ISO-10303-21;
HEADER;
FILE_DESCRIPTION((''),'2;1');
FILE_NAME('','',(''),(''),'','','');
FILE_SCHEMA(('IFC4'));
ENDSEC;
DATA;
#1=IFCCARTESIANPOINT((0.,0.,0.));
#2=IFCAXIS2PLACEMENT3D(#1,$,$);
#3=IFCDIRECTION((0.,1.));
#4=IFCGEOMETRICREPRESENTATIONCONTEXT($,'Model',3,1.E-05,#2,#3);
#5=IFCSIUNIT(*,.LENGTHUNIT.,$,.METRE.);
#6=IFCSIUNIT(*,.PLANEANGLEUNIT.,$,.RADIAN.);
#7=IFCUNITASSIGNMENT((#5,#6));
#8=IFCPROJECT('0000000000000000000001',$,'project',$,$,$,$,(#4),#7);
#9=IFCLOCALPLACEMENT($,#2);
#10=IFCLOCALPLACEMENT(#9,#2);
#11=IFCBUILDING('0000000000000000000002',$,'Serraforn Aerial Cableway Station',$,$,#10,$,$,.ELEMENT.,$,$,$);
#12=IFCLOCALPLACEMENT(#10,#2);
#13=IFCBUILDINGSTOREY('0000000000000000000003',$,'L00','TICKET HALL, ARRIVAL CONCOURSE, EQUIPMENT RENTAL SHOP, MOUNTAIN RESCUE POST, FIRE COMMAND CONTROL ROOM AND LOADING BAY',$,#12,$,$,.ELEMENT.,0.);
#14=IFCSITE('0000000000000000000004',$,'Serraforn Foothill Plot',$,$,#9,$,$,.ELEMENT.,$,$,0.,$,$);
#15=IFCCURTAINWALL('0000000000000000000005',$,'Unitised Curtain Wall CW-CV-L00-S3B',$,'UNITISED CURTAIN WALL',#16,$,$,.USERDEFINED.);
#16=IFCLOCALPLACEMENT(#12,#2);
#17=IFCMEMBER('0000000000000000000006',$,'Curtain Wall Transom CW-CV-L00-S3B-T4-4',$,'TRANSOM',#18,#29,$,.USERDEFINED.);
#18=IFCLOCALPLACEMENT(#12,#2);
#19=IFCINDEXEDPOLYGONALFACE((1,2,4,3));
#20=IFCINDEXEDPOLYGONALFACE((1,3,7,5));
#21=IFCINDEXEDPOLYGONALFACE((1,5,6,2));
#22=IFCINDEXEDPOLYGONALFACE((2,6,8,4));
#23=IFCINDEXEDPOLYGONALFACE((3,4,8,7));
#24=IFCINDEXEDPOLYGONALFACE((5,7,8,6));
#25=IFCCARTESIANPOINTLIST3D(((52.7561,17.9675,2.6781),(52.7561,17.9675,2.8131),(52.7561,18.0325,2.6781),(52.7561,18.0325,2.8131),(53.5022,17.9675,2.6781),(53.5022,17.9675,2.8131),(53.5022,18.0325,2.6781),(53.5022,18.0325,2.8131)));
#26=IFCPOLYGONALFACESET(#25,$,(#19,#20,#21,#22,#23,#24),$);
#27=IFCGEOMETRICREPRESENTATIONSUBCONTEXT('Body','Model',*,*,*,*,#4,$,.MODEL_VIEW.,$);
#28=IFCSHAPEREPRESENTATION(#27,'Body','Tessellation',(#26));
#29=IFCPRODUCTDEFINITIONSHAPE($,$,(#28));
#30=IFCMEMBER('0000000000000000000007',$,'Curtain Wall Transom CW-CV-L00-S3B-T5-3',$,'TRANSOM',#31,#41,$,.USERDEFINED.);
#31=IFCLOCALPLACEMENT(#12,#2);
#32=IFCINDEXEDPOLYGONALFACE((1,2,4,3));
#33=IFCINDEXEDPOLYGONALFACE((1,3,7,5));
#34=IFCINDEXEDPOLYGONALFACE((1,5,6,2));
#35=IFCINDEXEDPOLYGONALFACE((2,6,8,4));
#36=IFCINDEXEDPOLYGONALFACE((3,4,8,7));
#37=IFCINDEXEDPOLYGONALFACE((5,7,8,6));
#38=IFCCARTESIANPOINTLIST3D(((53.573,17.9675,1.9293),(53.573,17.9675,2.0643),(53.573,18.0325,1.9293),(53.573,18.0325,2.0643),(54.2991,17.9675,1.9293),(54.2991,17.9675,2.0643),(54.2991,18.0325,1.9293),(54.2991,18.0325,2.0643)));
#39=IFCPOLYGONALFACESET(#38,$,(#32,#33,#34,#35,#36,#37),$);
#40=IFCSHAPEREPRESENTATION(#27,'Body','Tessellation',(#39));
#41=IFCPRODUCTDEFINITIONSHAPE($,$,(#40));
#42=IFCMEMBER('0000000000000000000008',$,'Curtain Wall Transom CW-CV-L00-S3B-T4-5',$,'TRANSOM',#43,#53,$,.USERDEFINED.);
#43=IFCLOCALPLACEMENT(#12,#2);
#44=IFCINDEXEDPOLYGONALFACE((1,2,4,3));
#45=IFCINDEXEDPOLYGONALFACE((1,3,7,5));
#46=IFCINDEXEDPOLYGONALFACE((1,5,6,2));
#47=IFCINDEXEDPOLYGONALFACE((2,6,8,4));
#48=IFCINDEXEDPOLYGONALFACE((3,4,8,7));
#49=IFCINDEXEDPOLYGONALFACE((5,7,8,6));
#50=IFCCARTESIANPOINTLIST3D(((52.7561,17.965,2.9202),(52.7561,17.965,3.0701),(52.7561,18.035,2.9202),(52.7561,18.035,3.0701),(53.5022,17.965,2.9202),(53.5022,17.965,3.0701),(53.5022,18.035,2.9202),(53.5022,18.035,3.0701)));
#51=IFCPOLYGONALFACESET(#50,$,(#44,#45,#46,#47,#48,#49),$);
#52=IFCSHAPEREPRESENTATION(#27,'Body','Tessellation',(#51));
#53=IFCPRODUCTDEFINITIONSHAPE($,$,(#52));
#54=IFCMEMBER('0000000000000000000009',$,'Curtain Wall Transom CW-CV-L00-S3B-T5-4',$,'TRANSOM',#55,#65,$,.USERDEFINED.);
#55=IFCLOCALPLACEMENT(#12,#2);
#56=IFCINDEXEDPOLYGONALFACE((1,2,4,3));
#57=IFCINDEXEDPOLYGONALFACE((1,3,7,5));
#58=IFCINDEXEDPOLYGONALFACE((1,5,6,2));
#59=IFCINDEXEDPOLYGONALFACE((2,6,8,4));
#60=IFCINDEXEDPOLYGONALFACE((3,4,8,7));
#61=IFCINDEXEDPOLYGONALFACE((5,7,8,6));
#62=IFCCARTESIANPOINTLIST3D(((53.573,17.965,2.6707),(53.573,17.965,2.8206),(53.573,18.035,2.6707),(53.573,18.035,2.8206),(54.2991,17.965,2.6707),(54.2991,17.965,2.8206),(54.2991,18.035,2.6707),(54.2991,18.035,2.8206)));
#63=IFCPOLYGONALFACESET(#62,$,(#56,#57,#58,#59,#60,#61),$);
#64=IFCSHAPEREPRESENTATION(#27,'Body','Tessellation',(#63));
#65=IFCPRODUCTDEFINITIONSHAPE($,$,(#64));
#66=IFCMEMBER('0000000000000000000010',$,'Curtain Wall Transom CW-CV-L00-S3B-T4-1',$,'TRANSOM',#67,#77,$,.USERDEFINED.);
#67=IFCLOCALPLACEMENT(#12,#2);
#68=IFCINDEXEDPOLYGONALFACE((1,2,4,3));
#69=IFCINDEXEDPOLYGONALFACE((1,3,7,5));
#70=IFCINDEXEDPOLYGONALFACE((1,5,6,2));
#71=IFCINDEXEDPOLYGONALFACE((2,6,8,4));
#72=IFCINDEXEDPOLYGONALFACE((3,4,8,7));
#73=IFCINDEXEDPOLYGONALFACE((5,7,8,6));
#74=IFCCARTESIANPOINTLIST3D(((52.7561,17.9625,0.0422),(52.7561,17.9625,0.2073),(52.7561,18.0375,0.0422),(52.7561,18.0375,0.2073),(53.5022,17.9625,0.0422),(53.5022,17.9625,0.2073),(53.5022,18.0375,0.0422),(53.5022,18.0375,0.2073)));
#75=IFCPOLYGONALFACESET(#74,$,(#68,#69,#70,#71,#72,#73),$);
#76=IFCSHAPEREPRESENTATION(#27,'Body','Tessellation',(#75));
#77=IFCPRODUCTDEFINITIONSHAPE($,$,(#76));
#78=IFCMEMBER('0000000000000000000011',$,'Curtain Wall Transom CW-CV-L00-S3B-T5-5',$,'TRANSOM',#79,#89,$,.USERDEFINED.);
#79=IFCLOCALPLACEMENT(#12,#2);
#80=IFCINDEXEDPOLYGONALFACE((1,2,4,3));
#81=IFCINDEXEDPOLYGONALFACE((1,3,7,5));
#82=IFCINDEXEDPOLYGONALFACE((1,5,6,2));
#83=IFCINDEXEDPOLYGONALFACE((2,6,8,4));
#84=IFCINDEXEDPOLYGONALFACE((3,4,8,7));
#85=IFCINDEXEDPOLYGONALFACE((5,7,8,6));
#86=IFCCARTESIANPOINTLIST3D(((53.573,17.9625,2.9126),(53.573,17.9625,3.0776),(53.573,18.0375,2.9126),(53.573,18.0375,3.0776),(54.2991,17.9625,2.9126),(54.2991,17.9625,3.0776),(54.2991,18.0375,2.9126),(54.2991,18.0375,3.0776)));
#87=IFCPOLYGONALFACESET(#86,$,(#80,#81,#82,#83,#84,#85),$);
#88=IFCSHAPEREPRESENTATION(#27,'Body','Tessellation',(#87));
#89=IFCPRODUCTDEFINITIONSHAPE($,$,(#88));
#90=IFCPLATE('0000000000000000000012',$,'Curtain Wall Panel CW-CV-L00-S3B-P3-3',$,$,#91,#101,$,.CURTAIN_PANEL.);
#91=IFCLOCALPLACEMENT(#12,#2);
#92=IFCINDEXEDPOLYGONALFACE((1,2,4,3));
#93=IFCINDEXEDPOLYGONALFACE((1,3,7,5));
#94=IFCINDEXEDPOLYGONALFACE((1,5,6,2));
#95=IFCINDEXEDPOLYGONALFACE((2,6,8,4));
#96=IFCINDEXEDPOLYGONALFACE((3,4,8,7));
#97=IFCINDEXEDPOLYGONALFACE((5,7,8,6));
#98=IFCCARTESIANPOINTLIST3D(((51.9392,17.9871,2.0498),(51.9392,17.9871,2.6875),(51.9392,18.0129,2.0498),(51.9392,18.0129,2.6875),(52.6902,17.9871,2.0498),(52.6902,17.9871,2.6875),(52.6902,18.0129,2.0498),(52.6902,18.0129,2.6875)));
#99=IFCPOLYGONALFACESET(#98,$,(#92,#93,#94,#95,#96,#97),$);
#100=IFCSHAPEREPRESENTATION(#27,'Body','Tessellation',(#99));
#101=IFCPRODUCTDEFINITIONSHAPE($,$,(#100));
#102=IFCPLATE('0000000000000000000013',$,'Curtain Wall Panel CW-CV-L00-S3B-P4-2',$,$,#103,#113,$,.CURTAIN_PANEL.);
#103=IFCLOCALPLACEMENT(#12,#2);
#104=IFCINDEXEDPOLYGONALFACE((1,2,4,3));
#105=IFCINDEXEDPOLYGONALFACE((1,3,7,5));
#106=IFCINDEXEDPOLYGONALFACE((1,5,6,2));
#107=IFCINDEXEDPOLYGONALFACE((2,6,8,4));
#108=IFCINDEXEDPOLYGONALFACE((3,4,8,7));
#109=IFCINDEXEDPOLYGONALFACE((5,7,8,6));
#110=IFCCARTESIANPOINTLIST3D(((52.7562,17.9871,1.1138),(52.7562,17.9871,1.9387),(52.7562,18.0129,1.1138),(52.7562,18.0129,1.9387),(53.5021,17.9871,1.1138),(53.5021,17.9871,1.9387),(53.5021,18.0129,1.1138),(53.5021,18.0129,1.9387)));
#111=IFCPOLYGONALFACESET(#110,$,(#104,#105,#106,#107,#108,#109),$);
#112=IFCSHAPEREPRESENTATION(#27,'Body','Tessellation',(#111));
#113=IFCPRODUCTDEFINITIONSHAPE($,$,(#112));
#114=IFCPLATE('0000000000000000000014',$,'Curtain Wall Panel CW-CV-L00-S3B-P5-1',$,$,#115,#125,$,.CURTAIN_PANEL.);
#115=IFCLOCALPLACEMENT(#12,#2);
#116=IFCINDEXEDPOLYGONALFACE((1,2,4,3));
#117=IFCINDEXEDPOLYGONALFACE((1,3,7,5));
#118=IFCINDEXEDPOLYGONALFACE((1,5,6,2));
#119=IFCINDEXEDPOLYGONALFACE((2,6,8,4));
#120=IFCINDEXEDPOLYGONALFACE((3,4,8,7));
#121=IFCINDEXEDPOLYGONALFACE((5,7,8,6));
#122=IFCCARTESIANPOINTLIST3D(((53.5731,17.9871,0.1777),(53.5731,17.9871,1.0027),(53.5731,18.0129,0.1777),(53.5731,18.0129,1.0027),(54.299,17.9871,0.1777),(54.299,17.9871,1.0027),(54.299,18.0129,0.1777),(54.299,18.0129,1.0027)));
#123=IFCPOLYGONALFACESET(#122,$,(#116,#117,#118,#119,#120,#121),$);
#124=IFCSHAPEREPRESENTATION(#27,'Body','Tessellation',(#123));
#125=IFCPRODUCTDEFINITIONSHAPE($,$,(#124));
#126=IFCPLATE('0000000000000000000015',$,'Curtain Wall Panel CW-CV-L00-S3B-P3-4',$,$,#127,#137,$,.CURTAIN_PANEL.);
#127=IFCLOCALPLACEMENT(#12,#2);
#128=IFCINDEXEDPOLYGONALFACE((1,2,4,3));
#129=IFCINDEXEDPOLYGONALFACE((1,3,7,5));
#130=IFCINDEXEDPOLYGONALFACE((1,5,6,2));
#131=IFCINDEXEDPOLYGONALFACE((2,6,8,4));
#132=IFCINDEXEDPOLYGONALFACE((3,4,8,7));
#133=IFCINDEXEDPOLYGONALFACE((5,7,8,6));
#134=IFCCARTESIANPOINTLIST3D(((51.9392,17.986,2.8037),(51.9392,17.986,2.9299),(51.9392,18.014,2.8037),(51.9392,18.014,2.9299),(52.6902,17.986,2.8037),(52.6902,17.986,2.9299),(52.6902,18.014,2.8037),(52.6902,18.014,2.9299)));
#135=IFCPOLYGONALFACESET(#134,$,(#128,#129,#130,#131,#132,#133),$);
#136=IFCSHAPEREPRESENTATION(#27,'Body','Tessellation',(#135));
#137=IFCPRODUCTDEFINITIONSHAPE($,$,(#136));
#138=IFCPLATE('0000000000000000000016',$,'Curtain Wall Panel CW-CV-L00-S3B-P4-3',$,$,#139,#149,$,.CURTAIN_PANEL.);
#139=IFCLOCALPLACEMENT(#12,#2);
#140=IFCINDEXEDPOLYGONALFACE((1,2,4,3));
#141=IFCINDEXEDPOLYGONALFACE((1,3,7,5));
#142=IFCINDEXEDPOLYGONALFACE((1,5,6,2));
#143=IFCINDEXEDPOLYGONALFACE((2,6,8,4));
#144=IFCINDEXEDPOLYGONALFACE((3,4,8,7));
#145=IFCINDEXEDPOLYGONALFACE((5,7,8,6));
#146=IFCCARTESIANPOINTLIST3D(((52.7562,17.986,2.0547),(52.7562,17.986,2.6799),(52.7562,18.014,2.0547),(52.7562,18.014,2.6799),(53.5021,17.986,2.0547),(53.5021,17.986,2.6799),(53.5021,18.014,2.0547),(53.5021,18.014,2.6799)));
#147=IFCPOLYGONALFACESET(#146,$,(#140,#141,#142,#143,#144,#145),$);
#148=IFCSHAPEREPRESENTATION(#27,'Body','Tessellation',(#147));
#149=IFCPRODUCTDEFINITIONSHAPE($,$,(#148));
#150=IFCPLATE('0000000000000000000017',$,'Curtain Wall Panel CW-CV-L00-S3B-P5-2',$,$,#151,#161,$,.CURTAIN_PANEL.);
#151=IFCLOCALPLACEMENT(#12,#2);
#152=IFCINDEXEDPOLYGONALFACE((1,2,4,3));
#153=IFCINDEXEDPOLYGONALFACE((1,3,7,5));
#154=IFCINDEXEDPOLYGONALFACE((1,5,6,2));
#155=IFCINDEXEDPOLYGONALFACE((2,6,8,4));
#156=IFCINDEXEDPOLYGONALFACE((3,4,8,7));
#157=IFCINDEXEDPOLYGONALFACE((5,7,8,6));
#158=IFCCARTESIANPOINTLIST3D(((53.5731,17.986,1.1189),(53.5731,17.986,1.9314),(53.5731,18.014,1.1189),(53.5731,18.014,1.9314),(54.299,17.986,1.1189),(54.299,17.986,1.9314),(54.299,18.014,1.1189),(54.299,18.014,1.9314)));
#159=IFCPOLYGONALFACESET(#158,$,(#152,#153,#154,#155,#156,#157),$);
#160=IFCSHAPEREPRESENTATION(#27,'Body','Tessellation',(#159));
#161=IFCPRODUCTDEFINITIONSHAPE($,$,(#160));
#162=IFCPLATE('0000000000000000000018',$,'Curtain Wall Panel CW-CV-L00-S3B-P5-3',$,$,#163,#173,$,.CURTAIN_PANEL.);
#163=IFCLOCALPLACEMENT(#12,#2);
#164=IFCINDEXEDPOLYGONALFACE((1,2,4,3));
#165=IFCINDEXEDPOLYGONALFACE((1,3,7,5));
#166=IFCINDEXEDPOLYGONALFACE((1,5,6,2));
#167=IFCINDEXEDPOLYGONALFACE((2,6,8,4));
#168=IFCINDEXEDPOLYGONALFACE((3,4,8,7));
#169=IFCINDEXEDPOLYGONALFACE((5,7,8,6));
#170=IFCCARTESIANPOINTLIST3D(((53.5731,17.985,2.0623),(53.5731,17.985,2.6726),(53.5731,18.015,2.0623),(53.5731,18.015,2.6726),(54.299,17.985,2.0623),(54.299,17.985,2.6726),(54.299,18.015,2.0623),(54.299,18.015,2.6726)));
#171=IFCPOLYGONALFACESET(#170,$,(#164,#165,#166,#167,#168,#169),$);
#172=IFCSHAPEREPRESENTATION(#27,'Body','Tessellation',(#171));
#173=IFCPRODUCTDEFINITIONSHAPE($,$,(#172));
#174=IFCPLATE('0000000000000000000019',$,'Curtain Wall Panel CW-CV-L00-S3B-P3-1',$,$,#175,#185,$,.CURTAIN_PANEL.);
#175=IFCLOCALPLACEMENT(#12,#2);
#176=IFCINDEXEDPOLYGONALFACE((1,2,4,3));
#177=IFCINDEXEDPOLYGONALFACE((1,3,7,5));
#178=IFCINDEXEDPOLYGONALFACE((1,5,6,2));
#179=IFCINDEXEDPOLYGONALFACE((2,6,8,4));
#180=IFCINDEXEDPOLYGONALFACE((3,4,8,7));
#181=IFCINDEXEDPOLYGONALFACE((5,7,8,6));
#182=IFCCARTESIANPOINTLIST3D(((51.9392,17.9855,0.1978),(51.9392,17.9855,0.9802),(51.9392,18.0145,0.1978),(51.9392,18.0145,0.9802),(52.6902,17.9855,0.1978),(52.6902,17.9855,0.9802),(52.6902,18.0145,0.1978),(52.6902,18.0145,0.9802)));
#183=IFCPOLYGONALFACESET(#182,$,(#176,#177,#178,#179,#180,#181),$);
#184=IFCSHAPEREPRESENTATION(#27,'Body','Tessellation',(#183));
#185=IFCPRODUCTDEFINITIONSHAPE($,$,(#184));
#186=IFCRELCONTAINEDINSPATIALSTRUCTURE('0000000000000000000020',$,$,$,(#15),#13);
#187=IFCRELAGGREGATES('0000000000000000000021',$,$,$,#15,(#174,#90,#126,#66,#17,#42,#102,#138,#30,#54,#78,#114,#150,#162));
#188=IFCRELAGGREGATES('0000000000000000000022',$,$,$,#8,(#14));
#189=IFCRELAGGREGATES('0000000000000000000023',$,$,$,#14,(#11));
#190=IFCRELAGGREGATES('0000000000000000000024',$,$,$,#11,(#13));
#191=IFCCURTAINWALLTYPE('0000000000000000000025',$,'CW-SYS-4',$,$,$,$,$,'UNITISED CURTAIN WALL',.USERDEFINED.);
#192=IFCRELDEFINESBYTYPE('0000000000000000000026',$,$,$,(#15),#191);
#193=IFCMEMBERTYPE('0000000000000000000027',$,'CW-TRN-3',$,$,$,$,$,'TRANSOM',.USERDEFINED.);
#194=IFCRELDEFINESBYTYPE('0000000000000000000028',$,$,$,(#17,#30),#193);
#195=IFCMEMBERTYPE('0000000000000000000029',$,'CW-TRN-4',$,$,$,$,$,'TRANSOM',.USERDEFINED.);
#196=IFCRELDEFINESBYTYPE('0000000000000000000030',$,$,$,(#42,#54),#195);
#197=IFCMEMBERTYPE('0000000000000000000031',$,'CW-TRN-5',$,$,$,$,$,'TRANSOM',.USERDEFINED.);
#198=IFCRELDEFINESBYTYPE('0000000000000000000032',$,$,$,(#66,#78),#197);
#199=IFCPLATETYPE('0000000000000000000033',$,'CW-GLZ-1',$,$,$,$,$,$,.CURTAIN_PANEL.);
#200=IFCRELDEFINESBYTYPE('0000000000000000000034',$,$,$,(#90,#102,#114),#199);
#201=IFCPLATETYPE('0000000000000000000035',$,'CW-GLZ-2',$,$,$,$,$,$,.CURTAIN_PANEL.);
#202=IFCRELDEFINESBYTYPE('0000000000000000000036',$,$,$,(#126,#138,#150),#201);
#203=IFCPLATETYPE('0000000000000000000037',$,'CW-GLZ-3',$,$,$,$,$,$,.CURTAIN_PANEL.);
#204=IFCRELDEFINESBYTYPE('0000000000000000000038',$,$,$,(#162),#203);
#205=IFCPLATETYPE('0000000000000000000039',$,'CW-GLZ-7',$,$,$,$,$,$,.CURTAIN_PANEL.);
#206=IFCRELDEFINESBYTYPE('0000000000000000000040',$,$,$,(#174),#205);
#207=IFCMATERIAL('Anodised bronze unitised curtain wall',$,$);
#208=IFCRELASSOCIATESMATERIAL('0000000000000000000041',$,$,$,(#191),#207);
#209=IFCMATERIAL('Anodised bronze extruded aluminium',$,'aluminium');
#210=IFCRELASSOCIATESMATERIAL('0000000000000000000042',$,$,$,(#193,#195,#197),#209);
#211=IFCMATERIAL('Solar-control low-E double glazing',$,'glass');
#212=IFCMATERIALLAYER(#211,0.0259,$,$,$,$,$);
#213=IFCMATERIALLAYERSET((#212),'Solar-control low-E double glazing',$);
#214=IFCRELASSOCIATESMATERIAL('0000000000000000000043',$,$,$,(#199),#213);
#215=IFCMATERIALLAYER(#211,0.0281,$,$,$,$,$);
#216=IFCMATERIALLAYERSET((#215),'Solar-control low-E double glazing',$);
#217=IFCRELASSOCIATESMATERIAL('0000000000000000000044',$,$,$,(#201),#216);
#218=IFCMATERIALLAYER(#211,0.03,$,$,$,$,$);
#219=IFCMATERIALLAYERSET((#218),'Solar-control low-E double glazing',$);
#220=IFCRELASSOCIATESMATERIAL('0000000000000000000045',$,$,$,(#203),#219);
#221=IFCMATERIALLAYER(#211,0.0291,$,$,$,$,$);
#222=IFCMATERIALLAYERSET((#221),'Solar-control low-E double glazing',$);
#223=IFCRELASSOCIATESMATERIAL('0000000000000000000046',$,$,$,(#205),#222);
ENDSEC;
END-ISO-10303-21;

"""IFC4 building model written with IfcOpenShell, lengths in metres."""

from ifc_helpers import new_model, si_unit, direction, frame, origin, origin_2d, place, context, subcontext, project, spatial, rectangle, extrude, material, layer, layer_set, material_profile, profile_set, type_object, element, aggregate, save


model = new_model("IFC4")

# Units and contexts
model_context = context("Model", 3, precision=1e-05, world=origin(), true_north=direction((0.0, 1.0)))
body_context = subcontext(model_context, "Body", "Model", "MODEL_VIEW")
ifc_project = project(units=[si_unit("LENGTHUNIT", "METRE"), si_unit("PLANEANGLEUNIT", "RADIAN")], contexts=[model_context])

# Site, building, storey
site_placement = place(None, origin())
site = spatial("IfcSite", under=ifc_project, at=site_placement, Name="Serraforn Foothill Plot", CompositionType="ELEMENT", RefElevation=0.0)
building_placement = place(site_placement, origin())
building = spatial("IfcBuilding", under=site, at=building_placement, Name="Serraforn Aerial Cableway Station", CompositionType="ELEMENT")
storey_placement = place(building_placement, origin())
storey = spatial("IfcBuildingStorey", under=building, at=storey_placement, Name="L00", Description="TICKET HALL, ARRIVAL CONCOURSE, EQUIPMENT RENTAL SHOP, MOUNTAIN RESCUE POST, FIRE COMMAND CONTROL ROOM AND LOADING BAY", CompositionType="ELEMENT", Elevation=0.0)

# Curtain wall
ifc_material_1 = material(Name="Anodised bronze unitised curtain wall")
curtain_wall_type_1 = type_object("IfcCurtainWallType", Name="CW-SYS-4", ElementType="UNITISED CURTAIN WALL", PredefinedType="USERDEFINED", material=ifc_material_1)
curtain_wall_1_placement = place(storey_placement, origin())
curtain_wall_1 = element("IfcCurtainWall", 1, at=curtain_wall_1_placement, inside=storey, type_object=curtain_wall_type_1, Name="Unitised Curtain Wall CW-CV-L00-S3B", ObjectType="UNITISED CURTAIN WALL", PredefinedType="USERDEFINED")
ifc_material_2 = material(Name="Anodised bronze extruded aluminium", Category="aluminium")

# Members
ifc_material_profile_1 = material_profile(ifc_material_2, rectangle(XDim=0.0649, YDim=0.135, at=origin_2d()), Name="CW TRANSOM 65x135")
ifc_profile_set_1 = profile_set([ifc_material_profile_1], Name="Anodised bronze extruded aluminium")
member_type_1 = type_object("IfcMemberType", Name="CW-TRN-3", ElementType="TRANSOM", PredefinedType="USERDEFINED", material=ifc_profile_set_1)
member_1_placement = place(storey_placement, frame((52.7561, 18.0, 2.7456), z_axis=(1.0, 0.0, 0.0), x_axis=(0.0, 1.0, 0.0)))
member_1 = element("IfcMember", 2, at=member_1_placement, type_object=member_type_1, Name="Curtain Wall Transom CW-CV-L00-S3B-T4-4", ObjectType="TRANSOM", PredefinedType="USERDEFINED", context=body_context, shape_type="SweptSolid", body=[
    extrude(rectangle(XDim=0.0649, YDim=0.135, at=origin_2d()), origin(), (0.0, 0.0, 1.0), 0.7461),
])
member_2_placement = place(storey_placement, frame((53.573, 18.0, 1.9968), z_axis=(1.0, 0.0, 0.0), x_axis=(0.0, 1.0, 0.0)))
member_2 = element("IfcMember", 3, at=member_2_placement, type_object=member_type_1, Name="Curtain Wall Transom CW-CV-L00-S3B-T5-3", ObjectType="TRANSOM", PredefinedType="USERDEFINED", context=body_context, shape_type="SweptSolid", body=[
    extrude(rectangle(XDim=0.0649, YDim=0.135, at=origin_2d()), origin(), (0.0, 0.0, 1.0), 0.7261),
])
ifc_material_profile_2 = material_profile(ifc_material_2, rectangle(XDim=0.0701, YDim=0.1499, at=origin_2d()), Name="CW TRANSOM 70x150")
ifc_profile_set_2 = profile_set([ifc_material_profile_2], Name="Anodised bronze extruded aluminium")
member_type_2 = type_object("IfcMemberType", Name="CW-TRN-4", ElementType="TRANSOM", PredefinedType="USERDEFINED", material=ifc_profile_set_2)
member_3_placement = place(storey_placement, frame((52.7561, 18.0, 2.9951), z_axis=(1.0, 0.0, 0.0), x_axis=(0.0, 1.0, 0.0)))
member_3 = element("IfcMember", 4, at=member_3_placement, type_object=member_type_2, Name="Curtain Wall Transom CW-CV-L00-S3B-T4-5", ObjectType="TRANSOM", PredefinedType="USERDEFINED", context=body_context, shape_type="SweptSolid", body=[
    extrude(rectangle(XDim=0.0701, YDim=0.1499, at=origin_2d()), origin(), (0.0, 0.0, 1.0), 0.7461),
])
member_4_placement = place(storey_placement, frame((53.573, 18.0, 2.7456), z_axis=(1.0, 0.0, 0.0), x_axis=(0.0, 1.0, 0.0)))
member_4 = element("IfcMember", 5, at=member_4_placement, type_object=member_type_2, Name="Curtain Wall Transom CW-CV-L00-S3B-T5-4", ObjectType="TRANSOM", PredefinedType="USERDEFINED", context=body_context, shape_type="SweptSolid", body=[
    extrude(rectangle(XDim=0.0701, YDim=0.1499, at=origin_2d()), origin(), (0.0, 0.0, 1.0), 0.7261),
])
ifc_material_profile_3 = material_profile(ifc_material_2, rectangle(XDim=0.075, YDim=0.165, at=origin_2d()), Name="CW TRANSOM 75x165")
ifc_profile_set_3 = profile_set([ifc_material_profile_3], Name="Anodised bronze extruded aluminium")
member_type_3 = type_object("IfcMemberType", Name="CW-TRN-5", ElementType="TRANSOM", PredefinedType="USERDEFINED", material=ifc_profile_set_3)
member_5_placement = place(storey_placement, frame((52.7561, 18.0, 0.1248), z_axis=(1.0, 0.0, 0.0), x_axis=(0.0, 1.0, 0.0)))
member_5 = element("IfcMember", 6, at=member_5_placement, type_object=member_type_3, Name="Curtain Wall Transom CW-CV-L00-S3B-T4-1", ObjectType="TRANSOM", PredefinedType="USERDEFINED", context=body_context, shape_type="SweptSolid", body=[
    extrude(rectangle(XDim=0.075, YDim=0.165, at=origin_2d()), origin(), (0.0, 0.0, 1.0), 0.7461),
])
member_6_placement = place(storey_placement, frame((53.573, 18.0, 2.9951), z_axis=(1.0, 0.0, 0.0), x_axis=(0.0, 1.0, 0.0)))
member_6 = element("IfcMember", 7, at=member_6_placement, type_object=member_type_3, Name="Curtain Wall Transom CW-CV-L00-S3B-T5-5", ObjectType="TRANSOM", PredefinedType="USERDEFINED", context=body_context, shape_type="SweptSolid", body=[
    extrude(rectangle(XDim=0.075, YDim=0.165, at=origin_2d()), origin(), (0.0, 0.0, 1.0), 0.7261),
])

# Plates
ifc_material_3 = material(Name="Solar-control low-E double glazing", Category="glass")
ifc_layer_1 = layer(ifc_material_3, 0.0259)
ifc_layer_set_1 = layer_set([ifc_layer_1], Name="Solar-control low-E double glazing")
plate_type_1 = type_object("IfcPlateType", Name="CW-GLZ-1", PredefinedType="CURTAIN_PANEL", material=ifc_layer_set_1)
plate_1_placement = place(storey_placement, frame((52.3147, 18.0, 2.0498), z_axis=(0.0, 0.0, 1.0), x_axis=(1.0, 0.0, 0.0)))
plate_1 = element("IfcPlate", 8, at=plate_1_placement, type_object=plate_type_1, Name="Curtain Wall Panel CW-CV-L00-S3B-P3-3", PredefinedType="CURTAIN_PANEL", context=body_context, shape_type="SweptSolid", body=[
    extrude(rectangle(XDim=0.751, YDim=0.0259, at=origin_2d()), origin(), (0.0, 0.0, 1.0), 0.6377),
])
plate_2_placement = place(storey_placement, frame((53.1292, 18.0, 1.1138), z_axis=(0.0, 0.0, 1.0), x_axis=(1.0, 0.0, 0.0)))
plate_2 = element("IfcPlate", 9, at=plate_2_placement, type_object=plate_type_1, Name="Curtain Wall Panel CW-CV-L00-S3B-P4-2", PredefinedType="CURTAIN_PANEL", context=body_context, shape_type="SweptSolid", body=[
    extrude(rectangle(XDim=0.7458, YDim=0.0259, at=origin_2d()), origin(), (0.0, 0.0, 1.0), 0.825),
])
plate_3_placement = place(storey_placement, frame((53.936, 18.0, 0.1777), z_axis=(0.0, 0.0, 1.0), x_axis=(1.0, 0.0, 0.0)))
plate_3 = element("IfcPlate", 10, at=plate_3_placement, type_object=plate_type_1, Name="Curtain Wall Panel CW-CV-L00-S3B-P5-1", PredefinedType="CURTAIN_PANEL", context=body_context, shape_type="SweptSolid", body=[
    extrude(rectangle(XDim=0.7258, YDim=0.0259, at=origin_2d()), origin(), (0.0, 0.0, 1.0), 0.825),
])
ifc_layer_2 = layer(ifc_material_3, 0.0281)
ifc_layer_set_2 = layer_set([ifc_layer_2], Name="Solar-control low-E double glazing")
plate_type_2 = type_object("IfcPlateType", Name="CW-GLZ-2", PredefinedType="CURTAIN_PANEL", material=ifc_layer_set_2)
plate_4_placement = place(storey_placement, frame((52.3147, 18.0, 2.8037), z_axis=(0.0, 0.0, 1.0), x_axis=(1.0, 0.0, 0.0)))
plate_4 = element("IfcPlate", 11, at=plate_4_placement, type_object=plate_type_2, Name="Curtain Wall Panel CW-CV-L00-S3B-P3-4", PredefinedType="CURTAIN_PANEL", context=body_context, shape_type="SweptSolid", body=[
    extrude(rectangle(XDim=0.751, YDim=0.0281, at=origin_2d()), origin(), (0.0, 0.0, 1.0), 0.1262),
])
plate_5_placement = place(storey_placement, frame((53.1292, 18.0, 2.0547), z_axis=(0.0, 0.0, 1.0), x_axis=(1.0, 0.0, 0.0)))
plate_5 = element("IfcPlate", 12, at=plate_5_placement, type_object=plate_type_2, Name="Curtain Wall Panel CW-CV-L00-S3B-P4-3", PredefinedType="CURTAIN_PANEL", context=body_context, shape_type="SweptSolid", body=[
    extrude(rectangle(XDim=0.7458, YDim=0.0281, at=origin_2d()), origin(), (0.0, 0.0, 1.0), 0.6252),
])
plate_6_placement = place(storey_placement, frame((53.936, 18.0, 1.1189), z_axis=(0.0, 0.0, 1.0), x_axis=(1.0, 0.0, 0.0)))
plate_6 = element("IfcPlate", 13, at=plate_6_placement, type_object=plate_type_2, Name="Curtain Wall Panel CW-CV-L00-S3B-P5-2", PredefinedType="CURTAIN_PANEL", context=body_context, shape_type="SweptSolid", body=[
    extrude(rectangle(XDim=0.7258, YDim=0.0281, at=origin_2d()), origin(), (0.0, 0.0, 1.0), 0.8125),
])
ifc_layer_3 = layer(ifc_material_3, 0.03)
ifc_layer_set_3 = layer_set([ifc_layer_3], Name="Solar-control low-E double glazing")
plate_type_3 = type_object("IfcPlateType", Name="CW-GLZ-3", PredefinedType="CURTAIN_PANEL", material=ifc_layer_set_3)
plate_7_placement = place(storey_placement, frame((53.936, 18.0, 2.0623), z_axis=(0.0, 0.0, 1.0), x_axis=(1.0, 0.0, 0.0)))
plate_7 = element("IfcPlate", 14, at=plate_7_placement, type_object=plate_type_3, Name="Curtain Wall Panel CW-CV-L00-S3B-P5-3", PredefinedType="CURTAIN_PANEL", context=body_context, shape_type="SweptSolid", body=[
    extrude(rectangle(XDim=0.7258, YDim=0.03, at=origin_2d()), origin(), (0.0, 0.0, 1.0), 0.6104),
])
ifc_layer_4 = layer(ifc_material_3, 0.0291)
ifc_layer_set_4 = layer_set([ifc_layer_4], Name="Solar-control low-E double glazing")
plate_type_4 = type_object("IfcPlateType", Name="CW-GLZ-7", PredefinedType="CURTAIN_PANEL", material=ifc_layer_set_4)
plate_8_placement = place(storey_placement, frame((52.3147, 18.0, 0.1978), z_axis=(0.0, 0.0, 1.0), x_axis=(1.0, 0.0, 0.0)))
plate_8 = element("IfcPlate", 15, at=plate_8_placement, type_object=plate_type_4, Name="Curtain Wall Panel CW-CV-L00-S3B-P3-1", PredefinedType="CURTAIN_PANEL", context=body_context, shape_type="SweptSolid", body=[
    extrude(rectangle(XDim=0.751, YDim=0.0291, at=origin_2d()), origin(), (0.0, 0.0, 1.0), 0.7825),
])
aggregate(curtain_wall_1, [plate_8, plate_1, plate_4, member_5, member_1, member_3, plate_2, plate_5, member_2, member_4, member_6, plate_3, plate_6, plate_7])

save(model, "model.ifc")
